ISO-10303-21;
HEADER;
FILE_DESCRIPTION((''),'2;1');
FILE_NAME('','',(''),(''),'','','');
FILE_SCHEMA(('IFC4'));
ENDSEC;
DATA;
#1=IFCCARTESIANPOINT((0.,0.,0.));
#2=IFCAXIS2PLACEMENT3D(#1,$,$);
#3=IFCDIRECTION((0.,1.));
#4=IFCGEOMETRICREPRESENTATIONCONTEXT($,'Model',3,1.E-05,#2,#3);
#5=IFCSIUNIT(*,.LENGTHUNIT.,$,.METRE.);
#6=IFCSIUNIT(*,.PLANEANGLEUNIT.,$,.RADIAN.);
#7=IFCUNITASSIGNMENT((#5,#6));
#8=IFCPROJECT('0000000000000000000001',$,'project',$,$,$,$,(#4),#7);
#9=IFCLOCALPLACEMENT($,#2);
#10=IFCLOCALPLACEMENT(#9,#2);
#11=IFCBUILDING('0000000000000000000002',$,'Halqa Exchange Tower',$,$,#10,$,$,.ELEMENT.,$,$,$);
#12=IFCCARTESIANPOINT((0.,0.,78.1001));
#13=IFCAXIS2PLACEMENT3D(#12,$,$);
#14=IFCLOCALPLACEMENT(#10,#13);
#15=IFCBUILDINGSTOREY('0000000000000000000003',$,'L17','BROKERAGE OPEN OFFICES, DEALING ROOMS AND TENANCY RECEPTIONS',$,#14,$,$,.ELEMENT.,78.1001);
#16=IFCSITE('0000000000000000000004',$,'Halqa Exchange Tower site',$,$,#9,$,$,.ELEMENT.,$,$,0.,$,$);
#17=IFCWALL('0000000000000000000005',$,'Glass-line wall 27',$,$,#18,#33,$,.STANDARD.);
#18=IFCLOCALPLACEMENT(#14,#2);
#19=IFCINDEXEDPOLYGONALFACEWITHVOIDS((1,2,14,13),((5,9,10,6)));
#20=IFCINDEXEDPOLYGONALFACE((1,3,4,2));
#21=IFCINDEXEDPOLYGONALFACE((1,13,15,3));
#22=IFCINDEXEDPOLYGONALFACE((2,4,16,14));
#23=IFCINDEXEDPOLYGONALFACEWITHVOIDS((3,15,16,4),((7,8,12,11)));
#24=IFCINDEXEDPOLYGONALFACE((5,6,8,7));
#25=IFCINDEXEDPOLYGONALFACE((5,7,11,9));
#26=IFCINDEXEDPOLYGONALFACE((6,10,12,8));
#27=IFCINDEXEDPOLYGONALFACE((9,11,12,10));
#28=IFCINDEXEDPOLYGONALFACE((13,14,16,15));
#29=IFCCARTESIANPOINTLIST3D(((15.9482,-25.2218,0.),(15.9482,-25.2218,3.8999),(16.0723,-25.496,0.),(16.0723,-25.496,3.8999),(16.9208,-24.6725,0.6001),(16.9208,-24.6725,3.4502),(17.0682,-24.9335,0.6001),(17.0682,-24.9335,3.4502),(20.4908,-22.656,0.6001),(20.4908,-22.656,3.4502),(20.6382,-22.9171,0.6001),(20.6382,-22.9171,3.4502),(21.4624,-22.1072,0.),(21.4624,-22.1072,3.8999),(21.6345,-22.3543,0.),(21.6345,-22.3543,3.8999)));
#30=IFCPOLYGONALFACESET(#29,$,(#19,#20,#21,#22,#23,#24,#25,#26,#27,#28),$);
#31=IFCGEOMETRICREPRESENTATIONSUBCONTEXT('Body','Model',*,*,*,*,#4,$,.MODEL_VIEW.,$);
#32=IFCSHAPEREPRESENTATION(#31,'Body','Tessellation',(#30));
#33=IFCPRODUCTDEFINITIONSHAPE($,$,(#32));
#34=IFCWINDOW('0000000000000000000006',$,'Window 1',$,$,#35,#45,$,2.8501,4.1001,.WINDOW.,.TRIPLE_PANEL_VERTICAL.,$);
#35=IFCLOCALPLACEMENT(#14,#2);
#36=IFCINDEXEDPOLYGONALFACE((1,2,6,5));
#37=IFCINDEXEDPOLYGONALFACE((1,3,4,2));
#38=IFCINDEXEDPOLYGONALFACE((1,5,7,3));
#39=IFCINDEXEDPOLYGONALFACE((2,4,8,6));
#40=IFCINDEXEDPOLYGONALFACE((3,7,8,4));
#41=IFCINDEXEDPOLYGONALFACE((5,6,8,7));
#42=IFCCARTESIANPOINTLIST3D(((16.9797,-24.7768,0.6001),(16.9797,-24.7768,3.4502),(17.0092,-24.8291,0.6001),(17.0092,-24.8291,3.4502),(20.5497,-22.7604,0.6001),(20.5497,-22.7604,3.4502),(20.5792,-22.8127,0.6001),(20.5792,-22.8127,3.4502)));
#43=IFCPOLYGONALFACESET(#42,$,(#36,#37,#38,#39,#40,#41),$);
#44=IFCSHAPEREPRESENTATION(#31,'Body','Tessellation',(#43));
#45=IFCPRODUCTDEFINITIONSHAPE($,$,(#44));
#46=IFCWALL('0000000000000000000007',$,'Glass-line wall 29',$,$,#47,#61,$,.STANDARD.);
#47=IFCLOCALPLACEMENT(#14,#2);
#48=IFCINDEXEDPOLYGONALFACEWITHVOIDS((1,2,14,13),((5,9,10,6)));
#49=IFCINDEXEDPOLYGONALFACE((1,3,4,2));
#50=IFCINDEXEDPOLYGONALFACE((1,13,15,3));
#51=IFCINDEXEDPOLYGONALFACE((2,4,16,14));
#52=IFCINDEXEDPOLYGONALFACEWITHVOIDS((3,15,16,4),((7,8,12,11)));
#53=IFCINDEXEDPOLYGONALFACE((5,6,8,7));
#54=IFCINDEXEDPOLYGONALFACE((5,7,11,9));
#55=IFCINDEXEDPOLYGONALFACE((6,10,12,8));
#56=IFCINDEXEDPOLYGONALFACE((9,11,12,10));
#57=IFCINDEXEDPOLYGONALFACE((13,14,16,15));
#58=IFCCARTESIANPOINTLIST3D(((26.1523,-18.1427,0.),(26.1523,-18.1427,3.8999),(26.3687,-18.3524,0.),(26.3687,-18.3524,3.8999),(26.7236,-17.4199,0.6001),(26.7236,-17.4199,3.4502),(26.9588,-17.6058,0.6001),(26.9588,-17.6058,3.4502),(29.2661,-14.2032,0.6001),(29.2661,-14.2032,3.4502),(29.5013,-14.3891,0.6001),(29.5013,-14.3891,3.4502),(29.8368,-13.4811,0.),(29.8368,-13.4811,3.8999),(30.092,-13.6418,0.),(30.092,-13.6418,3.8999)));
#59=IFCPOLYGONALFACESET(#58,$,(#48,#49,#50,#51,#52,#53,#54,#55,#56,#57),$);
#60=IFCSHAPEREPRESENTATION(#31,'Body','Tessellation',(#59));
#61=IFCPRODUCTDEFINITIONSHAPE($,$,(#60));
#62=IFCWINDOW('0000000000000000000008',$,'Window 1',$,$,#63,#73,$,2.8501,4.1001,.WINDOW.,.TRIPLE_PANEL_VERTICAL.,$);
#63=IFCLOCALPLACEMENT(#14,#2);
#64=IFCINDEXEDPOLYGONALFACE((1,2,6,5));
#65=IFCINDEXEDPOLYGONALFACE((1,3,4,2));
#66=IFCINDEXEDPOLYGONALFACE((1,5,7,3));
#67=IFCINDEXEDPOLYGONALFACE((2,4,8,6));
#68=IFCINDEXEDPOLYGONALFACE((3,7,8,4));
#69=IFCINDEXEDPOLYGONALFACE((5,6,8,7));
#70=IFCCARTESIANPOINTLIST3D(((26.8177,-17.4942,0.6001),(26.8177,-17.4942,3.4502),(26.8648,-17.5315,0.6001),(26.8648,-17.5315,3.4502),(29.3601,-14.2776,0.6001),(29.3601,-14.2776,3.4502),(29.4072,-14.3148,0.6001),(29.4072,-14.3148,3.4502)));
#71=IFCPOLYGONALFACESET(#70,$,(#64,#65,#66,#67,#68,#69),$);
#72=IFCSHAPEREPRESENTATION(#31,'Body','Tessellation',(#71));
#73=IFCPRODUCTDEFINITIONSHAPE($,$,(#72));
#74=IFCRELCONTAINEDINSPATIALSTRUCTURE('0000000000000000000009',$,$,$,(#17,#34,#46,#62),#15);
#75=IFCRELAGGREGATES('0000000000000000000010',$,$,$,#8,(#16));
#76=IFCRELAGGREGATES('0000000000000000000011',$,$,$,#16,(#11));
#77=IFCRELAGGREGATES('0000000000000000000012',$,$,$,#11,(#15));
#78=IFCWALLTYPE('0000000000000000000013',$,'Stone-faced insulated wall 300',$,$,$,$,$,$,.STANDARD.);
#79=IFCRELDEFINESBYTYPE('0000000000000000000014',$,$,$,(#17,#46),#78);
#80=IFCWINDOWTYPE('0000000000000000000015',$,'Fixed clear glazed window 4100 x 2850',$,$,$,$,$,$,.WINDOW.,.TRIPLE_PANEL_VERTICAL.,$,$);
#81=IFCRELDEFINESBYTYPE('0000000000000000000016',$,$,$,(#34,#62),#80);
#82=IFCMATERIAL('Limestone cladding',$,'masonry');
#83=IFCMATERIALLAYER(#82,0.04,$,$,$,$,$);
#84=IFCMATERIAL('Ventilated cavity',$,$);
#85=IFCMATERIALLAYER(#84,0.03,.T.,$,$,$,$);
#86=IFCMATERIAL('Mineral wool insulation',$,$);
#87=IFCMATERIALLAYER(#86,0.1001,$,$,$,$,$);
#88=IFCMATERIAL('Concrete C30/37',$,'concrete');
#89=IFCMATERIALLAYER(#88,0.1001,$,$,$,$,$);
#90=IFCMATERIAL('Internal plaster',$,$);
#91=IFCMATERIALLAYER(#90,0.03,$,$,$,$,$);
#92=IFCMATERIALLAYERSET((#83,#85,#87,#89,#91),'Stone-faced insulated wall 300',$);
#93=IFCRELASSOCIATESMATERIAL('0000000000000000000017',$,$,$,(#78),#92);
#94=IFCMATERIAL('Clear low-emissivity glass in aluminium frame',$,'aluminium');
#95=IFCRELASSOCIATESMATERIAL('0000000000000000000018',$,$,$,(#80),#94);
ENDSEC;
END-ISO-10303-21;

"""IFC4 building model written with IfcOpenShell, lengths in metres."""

from ifc_helpers import new_model, si_unit, direction, frame, frame_2d, origin, place, context, subcontext, project, spatial, polyline, rectangle, outline, extrude, material, layer, layer_set, type_object, element, fill, save


model = new_model("IFC4")

# Units and contexts
model_context = context("Model", 3, precision=1e-05, world=origin(), true_north=direction((0.0, 1.0)))
body_context = subcontext(model_context, "Body", "Model", "MODEL_VIEW")
ifc_project = project(units=[si_unit("LENGTHUNIT", "METRE"), si_unit("PLANEANGLEUNIT", "RADIAN")], contexts=[model_context])

# Site, building, storey
site_placement = place(None, origin())
site = spatial("IfcSite", under=ifc_project, at=site_placement, Name="Halqa Exchange Tower site", CompositionType="ELEMENT", RefElevation=0.0)
building_placement = place(site_placement, origin())
building = spatial("IfcBuilding", under=site, at=building_placement, Name="Halqa Exchange Tower", CompositionType="ELEMENT")
storey_placement = place(building_placement, frame((0.0, 0.0, 78.1001)))
storey = spatial("IfcBuildingStorey", under=building, at=storey_placement, Name="L17", Description="BROKERAGE OPEN OFFICES, DEALING ROOMS AND TENANCY RECEPTIONS", CompositionType="ELEMENT", Elevation=78.1001)

# Wall, opening, window
ifc_material_1 = material(Name="Limestone cladding", Category="masonry")
ifc_layer_1 = layer(ifc_material_1, 0.04)
ifc_material_2 = material(Name="Ventilated cavity")
ifc_layer_2 = layer(ifc_material_2, 0.03, ventilated=True)
ifc_material_3 = material(Name="Mineral wool insulation")
ifc_layer_3 = layer(ifc_material_3, 0.1001)
ifc_material_4 = material(Name="Concrete C30/37", Category="concrete")
ifc_layer_4 = layer(ifc_material_4, 0.1001)
ifc_material_5 = material(Name="Internal plaster")
ifc_layer_5 = layer(ifc_material_5, 0.03)
ifc_layer_set_1 = layer_set([ifc_layer_1, ifc_layer_2, ifc_layer_3, ifc_layer_4, ifc_layer_5], Name="Stone-faced insulated wall 300")
wall_type_1 = type_object("IfcWallType", Name="Stone-faced insulated wall 300", PredefinedType="STANDARD", material=ifc_layer_set_1)
wall_1_placement = place(storey_placement, frame((16.0103, -25.3589, 0.0), z_axis=(0.0, 0.0, 1.0), x_axis=(0.87071, 0.491797, 0.0)))
wall_1 = element("IfcWall", 1, at=wall_1_placement, inside=storey, type_object=wall_type_1, Name="Glass-line wall 27", PredefinedType="STANDARD", context=body_context, shape_type="SweptSolid", body=[
    extrude(outline(polyline([(-0.0134, -0.1499), (6.3748, -0.1499), (6.3464, 0.1499), (0.0134, 0.1499), (-0.0134, -0.1499)])), origin(), (0.0, 0.0, 1.0), 3.8999),
])
opening_1_placement = place(wall_1_placement, frame((1.1304, 0.0, 0.6001)))
opening_1 = element("IfcOpeningElement", 2, at=opening_1_placement, cuts=wall_1, PredefinedType="OPENING", context=body_context, shape_type="SweptSolid", body=[
    extrude(rectangle(XDim=4.1001, YDim=2.8501, at=frame_2d((2.05, 1.425))), frame((0.0, 0.1621, 0.0), z_axis=(0.0, -1.0, 0.0), x_axis=(1.0, 0.0, 0.0)), (0.0, 0.0, 1.0), 0.324),
])
ifc_material_6 = material(Name="Clear low-emissivity glass in aluminium frame", Category="aluminium")
window_type = type_object("IfcWindowType", Name="Fixed clear glazed window 4100 x 2850", PartitioningType="TRIPLE_PANEL_VERTICAL", PredefinedType="WINDOW", material=ifc_material_6)
window_1_placement = place(opening_1_placement, origin())
window_1 = element("IfcWindow", 3, at=window_1_placement, inside=storey, type_object=window_type, Name="Window 1", OverallHeight=2.8501, OverallWidth=4.1001, PartitioningType="TRIPLE_PANEL_VERTICAL", PredefinedType="WINDOW", context=body_context, shape_type="SweptSolid", body=[
    extrude(rectangle(XDim=4.1001, YDim=2.8501, at=frame_2d((2.05, 1.425))), frame((0.0, 0.03, 0.0), z_axis=(0.0, -1.0, 0.0), x_axis=(1.0, 0.0, 0.0)), (0.0, 0.0, 1.0), 0.0601),
])
fill(opening_1, window_1)

# Wall, opening, window
wall_2_placement = place(storey_placement, frame((26.2605, -18.2476, 0.0), z_axis=(0.0, 0.0, 1.0), x_axis=(0.620093, 0.784528, 0.0)))
wall_2 = element("IfcWall", 4, at=wall_2_placement, inside=storey, type_object=wall_type_1, Name="Glass-line wall 29", PredefinedType="STANDARD", context=body_context, shape_type="SweptSolid", body=[
    extrude(outline(polyline([(-0.0151, -0.1499), (5.9893, -0.1499), (5.957, 0.1499), (0.0151, 0.1499), (-0.0151, -0.1499)])), origin(), (0.0, 0.0, 1.0), 3.8999),
])
opening_2_placement = place(wall_2_placement, frame((0.9365, 0.0, 0.6001)))
opening_2 = element("IfcOpeningElement", 5, at=opening_2_placement, cuts=wall_2, PredefinedType="OPENING", context=body_context, shape_type="SweptSolid", body=[
    extrude(rectangle(XDim=4.1001, YDim=2.8501, at=frame_2d((2.05, 1.425))), frame((0.0, 0.1621, 0.0), z_axis=(0.0, -1.0, 0.0), x_axis=(1.0, 0.0, 0.0)), (0.0, 0.0, 1.0), 0.324),
])
window_2_placement = place(opening_2_placement, origin())
window_2 = element("IfcWindow", 6, at=window_2_placement, inside=storey, type_object=window_type, Name="Window 1", OverallHeight=2.8501, OverallWidth=4.1001, PartitioningType="TRIPLE_PANEL_VERTICAL", PredefinedType="WINDOW", context=body_context, shape_type="SweptSolid", body=[
    extrude(rectangle(XDim=4.1001, YDim=2.8501, at=frame_2d((2.05, 1.425))), frame((0.0, 0.03, 0.0), z_axis=(0.0, -1.0, 0.0), x_axis=(1.0, 0.0, 0.0)), (0.0, 0.0, 1.0), 0.0601),
])
fill(opening_2, window_2)

save(model, "model.ifc")
